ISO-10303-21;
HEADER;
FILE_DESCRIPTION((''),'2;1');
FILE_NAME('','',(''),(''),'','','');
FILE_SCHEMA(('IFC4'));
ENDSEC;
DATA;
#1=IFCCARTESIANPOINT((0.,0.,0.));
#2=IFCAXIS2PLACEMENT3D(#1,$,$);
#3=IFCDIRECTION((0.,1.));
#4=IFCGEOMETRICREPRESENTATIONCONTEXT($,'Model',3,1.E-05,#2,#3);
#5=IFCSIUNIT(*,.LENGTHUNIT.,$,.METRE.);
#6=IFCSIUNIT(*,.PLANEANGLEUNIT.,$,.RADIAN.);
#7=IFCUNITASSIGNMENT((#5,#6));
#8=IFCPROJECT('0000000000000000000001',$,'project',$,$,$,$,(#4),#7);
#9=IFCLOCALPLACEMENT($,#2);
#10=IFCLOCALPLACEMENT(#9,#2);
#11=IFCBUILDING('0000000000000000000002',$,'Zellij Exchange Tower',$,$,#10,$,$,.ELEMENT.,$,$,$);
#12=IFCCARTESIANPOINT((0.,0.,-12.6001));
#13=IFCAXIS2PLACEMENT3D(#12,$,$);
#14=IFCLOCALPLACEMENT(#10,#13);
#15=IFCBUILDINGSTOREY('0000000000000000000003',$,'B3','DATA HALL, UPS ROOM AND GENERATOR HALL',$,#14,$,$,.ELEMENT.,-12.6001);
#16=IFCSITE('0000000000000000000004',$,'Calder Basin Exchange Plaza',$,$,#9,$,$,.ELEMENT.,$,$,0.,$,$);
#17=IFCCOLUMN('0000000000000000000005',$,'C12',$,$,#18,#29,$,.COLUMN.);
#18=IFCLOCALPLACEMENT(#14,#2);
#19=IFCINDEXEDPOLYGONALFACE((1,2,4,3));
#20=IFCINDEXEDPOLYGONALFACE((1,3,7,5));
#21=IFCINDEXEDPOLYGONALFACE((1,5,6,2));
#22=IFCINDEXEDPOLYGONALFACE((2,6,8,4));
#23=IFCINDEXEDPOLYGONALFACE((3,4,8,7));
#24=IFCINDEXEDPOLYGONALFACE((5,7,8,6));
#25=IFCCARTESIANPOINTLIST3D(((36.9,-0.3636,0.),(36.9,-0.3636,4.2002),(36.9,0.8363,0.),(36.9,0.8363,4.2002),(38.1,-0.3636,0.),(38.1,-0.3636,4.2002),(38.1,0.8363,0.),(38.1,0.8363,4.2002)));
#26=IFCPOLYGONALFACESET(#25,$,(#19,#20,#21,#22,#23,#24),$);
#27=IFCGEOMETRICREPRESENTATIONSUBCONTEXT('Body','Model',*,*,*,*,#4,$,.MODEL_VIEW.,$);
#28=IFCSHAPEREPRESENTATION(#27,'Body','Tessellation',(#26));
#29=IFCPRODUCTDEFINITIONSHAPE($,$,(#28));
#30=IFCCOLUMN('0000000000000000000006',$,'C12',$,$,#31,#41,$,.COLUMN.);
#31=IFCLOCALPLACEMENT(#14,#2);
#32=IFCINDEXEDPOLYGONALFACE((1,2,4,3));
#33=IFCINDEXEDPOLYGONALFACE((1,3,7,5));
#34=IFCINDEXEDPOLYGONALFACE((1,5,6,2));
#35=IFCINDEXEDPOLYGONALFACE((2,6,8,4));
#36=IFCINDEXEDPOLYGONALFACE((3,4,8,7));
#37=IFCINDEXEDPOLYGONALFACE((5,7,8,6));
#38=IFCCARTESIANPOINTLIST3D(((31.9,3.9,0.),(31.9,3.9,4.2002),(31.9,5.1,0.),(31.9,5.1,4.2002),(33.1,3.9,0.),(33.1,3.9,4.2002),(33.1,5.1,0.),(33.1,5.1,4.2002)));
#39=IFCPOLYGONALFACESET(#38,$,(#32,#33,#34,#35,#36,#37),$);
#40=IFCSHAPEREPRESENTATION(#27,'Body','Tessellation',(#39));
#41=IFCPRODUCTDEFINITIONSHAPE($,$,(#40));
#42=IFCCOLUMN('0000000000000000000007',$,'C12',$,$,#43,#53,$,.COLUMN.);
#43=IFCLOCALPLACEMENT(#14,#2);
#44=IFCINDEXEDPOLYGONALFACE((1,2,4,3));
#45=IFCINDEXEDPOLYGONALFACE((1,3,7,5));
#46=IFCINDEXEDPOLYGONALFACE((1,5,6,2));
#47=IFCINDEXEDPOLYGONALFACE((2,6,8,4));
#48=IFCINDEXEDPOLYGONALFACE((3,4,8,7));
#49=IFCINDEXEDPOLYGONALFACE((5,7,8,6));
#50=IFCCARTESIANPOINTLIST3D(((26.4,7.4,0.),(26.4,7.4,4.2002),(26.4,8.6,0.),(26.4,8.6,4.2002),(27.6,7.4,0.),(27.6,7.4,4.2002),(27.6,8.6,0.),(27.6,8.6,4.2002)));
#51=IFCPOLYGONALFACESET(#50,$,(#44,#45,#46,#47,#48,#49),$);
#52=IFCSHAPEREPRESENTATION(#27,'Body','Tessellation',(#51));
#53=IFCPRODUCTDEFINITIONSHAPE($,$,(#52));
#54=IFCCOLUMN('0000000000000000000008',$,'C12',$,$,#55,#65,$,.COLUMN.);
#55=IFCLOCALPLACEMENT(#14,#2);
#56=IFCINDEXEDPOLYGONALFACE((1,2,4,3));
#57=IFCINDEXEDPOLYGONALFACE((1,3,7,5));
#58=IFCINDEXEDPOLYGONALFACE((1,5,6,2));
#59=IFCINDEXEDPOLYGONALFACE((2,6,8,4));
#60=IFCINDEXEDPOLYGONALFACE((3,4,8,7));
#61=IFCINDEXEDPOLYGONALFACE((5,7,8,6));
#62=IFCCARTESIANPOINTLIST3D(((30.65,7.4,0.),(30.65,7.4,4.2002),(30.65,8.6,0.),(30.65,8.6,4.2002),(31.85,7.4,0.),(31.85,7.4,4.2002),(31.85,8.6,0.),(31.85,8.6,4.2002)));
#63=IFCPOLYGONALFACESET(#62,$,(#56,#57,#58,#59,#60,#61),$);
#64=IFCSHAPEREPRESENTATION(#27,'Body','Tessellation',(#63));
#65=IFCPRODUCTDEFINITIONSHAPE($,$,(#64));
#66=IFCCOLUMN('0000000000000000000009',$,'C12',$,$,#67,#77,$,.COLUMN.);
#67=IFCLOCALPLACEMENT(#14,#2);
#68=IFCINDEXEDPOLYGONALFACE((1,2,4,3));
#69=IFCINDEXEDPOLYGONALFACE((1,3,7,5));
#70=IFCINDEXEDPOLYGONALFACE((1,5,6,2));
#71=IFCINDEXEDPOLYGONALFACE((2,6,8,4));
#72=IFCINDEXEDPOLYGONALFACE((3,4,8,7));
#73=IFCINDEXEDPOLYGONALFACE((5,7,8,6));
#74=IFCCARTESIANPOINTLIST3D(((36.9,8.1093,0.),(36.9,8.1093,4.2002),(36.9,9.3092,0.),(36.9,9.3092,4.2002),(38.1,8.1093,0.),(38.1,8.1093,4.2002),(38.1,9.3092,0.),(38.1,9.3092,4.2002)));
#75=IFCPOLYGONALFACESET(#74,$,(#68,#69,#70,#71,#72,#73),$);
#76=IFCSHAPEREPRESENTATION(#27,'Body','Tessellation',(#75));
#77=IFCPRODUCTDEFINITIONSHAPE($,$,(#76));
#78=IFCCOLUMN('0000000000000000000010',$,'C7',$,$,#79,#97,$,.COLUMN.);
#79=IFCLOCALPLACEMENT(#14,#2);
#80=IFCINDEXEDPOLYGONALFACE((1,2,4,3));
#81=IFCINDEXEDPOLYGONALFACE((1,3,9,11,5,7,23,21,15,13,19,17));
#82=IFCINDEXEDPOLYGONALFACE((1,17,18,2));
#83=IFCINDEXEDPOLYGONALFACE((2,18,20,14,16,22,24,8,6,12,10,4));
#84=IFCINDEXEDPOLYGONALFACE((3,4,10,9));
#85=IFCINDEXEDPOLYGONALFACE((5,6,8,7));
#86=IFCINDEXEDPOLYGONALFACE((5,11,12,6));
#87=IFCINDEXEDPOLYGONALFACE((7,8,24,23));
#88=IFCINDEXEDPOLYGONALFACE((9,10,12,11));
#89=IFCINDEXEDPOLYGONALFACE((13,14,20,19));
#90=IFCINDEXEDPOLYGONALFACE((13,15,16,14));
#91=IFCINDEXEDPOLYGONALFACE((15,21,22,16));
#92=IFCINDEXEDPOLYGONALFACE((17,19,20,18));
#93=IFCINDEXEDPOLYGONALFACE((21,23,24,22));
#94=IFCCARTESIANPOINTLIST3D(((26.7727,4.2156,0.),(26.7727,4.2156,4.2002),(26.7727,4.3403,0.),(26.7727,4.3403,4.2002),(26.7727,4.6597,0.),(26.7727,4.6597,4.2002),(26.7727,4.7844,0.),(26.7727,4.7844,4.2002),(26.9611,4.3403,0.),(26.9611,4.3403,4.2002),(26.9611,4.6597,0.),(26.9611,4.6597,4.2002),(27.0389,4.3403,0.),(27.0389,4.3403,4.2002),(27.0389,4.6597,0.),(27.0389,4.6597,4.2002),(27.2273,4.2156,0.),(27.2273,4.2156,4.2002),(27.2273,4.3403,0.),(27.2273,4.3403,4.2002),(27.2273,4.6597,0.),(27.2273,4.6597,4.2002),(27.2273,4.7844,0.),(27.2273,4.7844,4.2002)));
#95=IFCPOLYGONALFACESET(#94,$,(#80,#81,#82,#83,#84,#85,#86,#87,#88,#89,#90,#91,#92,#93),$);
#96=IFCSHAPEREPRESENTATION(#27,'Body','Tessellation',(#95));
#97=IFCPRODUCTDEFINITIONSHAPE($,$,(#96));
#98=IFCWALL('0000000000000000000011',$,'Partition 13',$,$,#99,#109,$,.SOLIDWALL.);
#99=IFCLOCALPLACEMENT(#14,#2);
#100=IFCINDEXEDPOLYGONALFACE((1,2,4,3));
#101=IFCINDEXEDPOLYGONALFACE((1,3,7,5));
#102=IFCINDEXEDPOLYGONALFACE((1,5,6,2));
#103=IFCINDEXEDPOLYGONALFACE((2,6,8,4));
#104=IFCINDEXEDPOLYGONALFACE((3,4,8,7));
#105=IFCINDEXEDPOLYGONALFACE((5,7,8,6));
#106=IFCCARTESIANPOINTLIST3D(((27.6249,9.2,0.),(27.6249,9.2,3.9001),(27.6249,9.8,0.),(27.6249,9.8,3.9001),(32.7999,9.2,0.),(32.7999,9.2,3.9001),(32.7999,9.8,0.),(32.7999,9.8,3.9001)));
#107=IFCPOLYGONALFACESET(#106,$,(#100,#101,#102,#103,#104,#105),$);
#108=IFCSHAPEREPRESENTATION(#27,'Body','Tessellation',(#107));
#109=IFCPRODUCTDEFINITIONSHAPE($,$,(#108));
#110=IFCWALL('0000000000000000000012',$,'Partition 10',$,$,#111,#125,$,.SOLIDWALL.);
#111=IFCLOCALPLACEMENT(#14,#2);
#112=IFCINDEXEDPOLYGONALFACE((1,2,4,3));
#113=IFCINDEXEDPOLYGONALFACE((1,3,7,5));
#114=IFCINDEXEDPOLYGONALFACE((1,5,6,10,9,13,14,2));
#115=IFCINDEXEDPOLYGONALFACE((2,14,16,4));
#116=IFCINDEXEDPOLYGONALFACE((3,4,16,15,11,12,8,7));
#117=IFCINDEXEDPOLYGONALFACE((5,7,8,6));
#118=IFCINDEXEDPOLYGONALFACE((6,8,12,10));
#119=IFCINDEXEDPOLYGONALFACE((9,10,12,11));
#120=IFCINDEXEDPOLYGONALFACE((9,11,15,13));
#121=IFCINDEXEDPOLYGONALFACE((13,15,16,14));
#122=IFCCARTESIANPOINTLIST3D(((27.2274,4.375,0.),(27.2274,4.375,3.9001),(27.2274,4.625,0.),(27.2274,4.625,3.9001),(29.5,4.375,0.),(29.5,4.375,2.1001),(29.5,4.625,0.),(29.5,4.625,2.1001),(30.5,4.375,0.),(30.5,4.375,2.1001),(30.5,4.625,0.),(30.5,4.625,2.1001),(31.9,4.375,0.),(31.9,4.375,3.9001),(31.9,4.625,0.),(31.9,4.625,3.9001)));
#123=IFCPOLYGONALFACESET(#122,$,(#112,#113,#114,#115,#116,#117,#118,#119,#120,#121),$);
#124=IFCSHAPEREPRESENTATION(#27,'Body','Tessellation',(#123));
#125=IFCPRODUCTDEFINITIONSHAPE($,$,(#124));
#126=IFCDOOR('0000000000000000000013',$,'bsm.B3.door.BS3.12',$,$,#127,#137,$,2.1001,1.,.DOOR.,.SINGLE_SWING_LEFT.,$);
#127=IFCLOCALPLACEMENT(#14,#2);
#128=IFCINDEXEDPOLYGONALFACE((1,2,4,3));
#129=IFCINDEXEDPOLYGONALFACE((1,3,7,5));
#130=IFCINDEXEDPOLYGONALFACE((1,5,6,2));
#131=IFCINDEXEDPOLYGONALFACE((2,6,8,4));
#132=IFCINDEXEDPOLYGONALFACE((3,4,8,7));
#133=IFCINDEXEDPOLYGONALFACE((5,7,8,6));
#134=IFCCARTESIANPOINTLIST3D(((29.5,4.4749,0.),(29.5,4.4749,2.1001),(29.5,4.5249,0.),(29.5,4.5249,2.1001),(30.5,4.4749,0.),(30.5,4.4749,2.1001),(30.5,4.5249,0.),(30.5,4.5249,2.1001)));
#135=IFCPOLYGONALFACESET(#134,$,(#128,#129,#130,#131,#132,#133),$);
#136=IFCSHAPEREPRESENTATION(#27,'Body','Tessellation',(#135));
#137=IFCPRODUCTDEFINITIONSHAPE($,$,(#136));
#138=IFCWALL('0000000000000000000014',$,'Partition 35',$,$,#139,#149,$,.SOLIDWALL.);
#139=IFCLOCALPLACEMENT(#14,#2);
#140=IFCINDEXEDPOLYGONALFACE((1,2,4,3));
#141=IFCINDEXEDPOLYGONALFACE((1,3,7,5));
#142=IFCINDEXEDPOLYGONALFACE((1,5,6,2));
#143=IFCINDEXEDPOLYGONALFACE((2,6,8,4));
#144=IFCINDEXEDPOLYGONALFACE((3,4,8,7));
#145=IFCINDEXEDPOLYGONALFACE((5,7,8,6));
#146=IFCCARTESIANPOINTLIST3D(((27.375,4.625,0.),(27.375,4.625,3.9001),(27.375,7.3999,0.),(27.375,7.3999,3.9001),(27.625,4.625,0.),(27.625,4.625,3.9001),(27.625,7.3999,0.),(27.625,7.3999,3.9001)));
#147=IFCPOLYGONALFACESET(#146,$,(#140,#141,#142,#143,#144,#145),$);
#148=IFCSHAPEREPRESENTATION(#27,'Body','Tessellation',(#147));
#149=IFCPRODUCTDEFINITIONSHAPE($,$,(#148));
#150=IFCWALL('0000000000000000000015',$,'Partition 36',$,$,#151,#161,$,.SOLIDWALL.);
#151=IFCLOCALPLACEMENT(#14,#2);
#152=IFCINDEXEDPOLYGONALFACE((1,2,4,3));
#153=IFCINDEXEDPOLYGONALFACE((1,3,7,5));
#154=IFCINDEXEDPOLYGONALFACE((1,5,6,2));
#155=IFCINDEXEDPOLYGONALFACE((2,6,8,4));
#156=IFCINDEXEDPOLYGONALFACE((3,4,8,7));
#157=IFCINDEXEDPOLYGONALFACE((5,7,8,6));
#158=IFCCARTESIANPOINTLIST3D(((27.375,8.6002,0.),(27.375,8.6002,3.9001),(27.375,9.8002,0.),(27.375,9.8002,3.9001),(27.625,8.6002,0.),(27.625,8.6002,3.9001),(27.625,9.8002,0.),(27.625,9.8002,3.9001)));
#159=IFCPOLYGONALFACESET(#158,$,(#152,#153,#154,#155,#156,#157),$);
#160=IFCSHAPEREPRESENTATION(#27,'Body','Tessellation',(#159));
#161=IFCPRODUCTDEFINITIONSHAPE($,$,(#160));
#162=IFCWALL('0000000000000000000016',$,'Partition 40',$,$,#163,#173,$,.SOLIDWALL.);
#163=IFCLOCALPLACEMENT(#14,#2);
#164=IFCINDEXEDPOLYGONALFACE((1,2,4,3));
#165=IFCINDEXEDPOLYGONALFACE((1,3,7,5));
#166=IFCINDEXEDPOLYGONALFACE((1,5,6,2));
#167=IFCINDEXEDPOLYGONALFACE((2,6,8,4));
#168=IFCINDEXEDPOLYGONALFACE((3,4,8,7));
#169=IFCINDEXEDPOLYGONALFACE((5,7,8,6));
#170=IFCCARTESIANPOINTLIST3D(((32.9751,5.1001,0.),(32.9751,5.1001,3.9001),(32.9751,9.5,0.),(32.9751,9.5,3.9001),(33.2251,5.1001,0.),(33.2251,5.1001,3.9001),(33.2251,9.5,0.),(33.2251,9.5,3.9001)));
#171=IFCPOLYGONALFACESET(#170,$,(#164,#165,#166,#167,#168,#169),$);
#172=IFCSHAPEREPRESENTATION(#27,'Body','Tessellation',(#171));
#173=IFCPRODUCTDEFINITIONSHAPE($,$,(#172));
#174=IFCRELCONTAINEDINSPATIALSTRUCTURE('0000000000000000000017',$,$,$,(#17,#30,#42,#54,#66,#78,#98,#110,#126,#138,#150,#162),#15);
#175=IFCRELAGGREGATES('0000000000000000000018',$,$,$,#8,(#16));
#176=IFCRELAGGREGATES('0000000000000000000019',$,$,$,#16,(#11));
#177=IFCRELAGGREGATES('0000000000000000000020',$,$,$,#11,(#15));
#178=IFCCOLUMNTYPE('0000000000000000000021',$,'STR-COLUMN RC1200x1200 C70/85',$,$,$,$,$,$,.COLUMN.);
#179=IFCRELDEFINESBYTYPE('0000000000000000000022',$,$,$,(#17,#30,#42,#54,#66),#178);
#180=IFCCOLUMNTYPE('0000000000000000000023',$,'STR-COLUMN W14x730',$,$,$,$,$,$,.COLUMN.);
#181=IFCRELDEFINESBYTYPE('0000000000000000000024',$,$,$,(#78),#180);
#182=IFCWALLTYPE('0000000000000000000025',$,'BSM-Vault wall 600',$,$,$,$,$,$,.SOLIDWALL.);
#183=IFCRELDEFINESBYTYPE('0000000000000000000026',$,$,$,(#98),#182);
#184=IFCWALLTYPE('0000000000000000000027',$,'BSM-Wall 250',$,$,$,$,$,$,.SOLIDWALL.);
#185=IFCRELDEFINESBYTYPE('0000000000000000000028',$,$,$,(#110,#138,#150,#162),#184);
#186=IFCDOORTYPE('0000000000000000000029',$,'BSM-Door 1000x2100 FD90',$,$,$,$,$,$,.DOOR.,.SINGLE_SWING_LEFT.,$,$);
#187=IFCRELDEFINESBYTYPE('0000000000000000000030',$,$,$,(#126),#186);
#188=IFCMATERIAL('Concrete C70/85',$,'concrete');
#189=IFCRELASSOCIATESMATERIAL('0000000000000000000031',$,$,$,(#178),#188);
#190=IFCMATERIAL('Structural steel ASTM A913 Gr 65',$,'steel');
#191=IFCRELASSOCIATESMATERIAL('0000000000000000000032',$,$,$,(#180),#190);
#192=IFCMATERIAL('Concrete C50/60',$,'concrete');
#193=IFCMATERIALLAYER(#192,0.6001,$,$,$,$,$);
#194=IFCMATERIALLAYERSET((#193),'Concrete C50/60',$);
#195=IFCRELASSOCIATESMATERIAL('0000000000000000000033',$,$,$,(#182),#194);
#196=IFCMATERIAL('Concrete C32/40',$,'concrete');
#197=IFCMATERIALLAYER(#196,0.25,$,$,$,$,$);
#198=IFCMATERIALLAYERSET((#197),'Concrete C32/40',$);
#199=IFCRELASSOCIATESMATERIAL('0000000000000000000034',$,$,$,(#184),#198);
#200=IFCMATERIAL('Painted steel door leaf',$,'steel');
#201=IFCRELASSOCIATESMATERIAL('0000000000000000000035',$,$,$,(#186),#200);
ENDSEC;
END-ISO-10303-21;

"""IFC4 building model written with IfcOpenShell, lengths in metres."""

from ifc_helpers import new_model, si_unit, direction, frame, frame_2d, origin, origin_2d, place, context, subcontext, project, spatial, rectangle, i_section, extrude, material, layer, layer_set, material_profile, profile_set, type_object, element, fill, save


model = new_model("IFC4")

# Units and contexts
model_context = context("Model", 3, precision=1e-05, world=origin(), true_north=direction((0.0, 1.0)))
body_context = subcontext(model_context, "Body", "Model", "MODEL_VIEW")
ifc_project = project(units=[si_unit("LENGTHUNIT", "METRE"), si_unit("PLANEANGLEUNIT", "RADIAN")], contexts=[model_context])

# Site, building, storey
site_placement = place(None, origin())
site = spatial("IfcSite", under=ifc_project, at=site_placement, Name="Calder Basin Exchange Plaza", CompositionType="ELEMENT", RefElevation=0.0)
building_placement = place(site_placement, origin())
building = spatial("IfcBuilding", under=site, at=building_placement, Name="Zellij Exchange Tower", CompositionType="ELEMENT")
storey_placement = place(building_placement, frame((0.0, 0.0, -12.6001)))
storey = spatial("IfcBuildingStorey", under=building, at=storey_placement, Name="B3", Description="DATA HALL, UPS ROOM AND GENERATOR HALL", CompositionType="ELEMENT", Elevation=-12.6001)

# Columns
ifc_material_1 = material(Name="Concrete C70/85", Category="concrete")
ifc_material_profile_1 = material_profile(ifc_material_1, rectangle(XDim=1.2, YDim=1.2, at=origin_2d()), Name="STR-COLUMN RC1200x1200 C70/85")
ifc_profile_set_1 = profile_set([ifc_material_profile_1], Name="Concrete C70/85")
column_type_1 = type_object("IfcColumnType", Name="STR-COLUMN RC1200x1200 C70/85", PredefinedType="COLUMN", material=ifc_profile_set_1)
for number, where, z_axis, x_axis, name in (
    (1, (37.5, 0.2363, 0.0), (0.0, 0.0, 1.0), (1.0, 0.0, 0.0), "C12"),
    (2, (32.5, 4.5, 0.0), (0.0, 0.0, 1.0), (1.0, 0.0, 0.0), "C12"),
    (3, (27.0, 8.0, 0.0), (0.0, 0.0, 1.0), (1.0, 0.0, 0.0), "C12"),
    (4, (31.25, 8.0, 0.0), (0.0, 0.0, 1.0), (1.0, 0.0, 0.0), "C12"),
    (5, (37.5, 8.7092, 0.0), (0.0, 0.0, 1.0), (1.0, 0.0, 0.0), "C12"),
):
    element("IfcColumn", number, at=place(storey_placement, frame(where, z_axis=z_axis, x_axis=x_axis)), inside=storey, type_object=column_type_1, Name=name, PredefinedType="COLUMN", context=body_context, shape_type="SweptSolid", body=[
        extrude(rectangle(XDim=1.2, YDim=1.2, at=origin_2d()), origin(), (0.0, 0.0, 1.0), 4.2002),
    ])
ifc_material_2 = material(Name="Structural steel ASTM A913 Gr 65", Category="steel")
ifc_material_profile_2 = material_profile(ifc_material_2, i_section(OverallWidth=0.4546, OverallDepth=0.5688, WebThickness=0.0779, FlangeThickness=0.1248, at=origin_2d()), Name="W14x730")
ifc_profile_set_2 = profile_set([ifc_material_profile_2], Name="Structural steel ASTM A913 Gr 65")
column_type_2 = type_object("IfcColumnType", Name="STR-COLUMN W14x730", PredefinedType="COLUMN", material=ifc_profile_set_2)
column_placement = place(storey_placement, frame((27.0, 4.5, 0.0), z_axis=(0.0, 0.0, 1.0), x_axis=(1.0, 0.0, 0.0)))
element("IfcColumn", 6, at=column_placement, inside=storey, type_object=column_type_2, Name="C7", PredefinedType="COLUMN", context=body_context, shape_type="SweptSolid", body=[
    extrude(i_section(OverallWidth=0.4546, OverallDepth=0.5688, WebThickness=0.0779, FlangeThickness=0.1248, at=origin_2d()), origin(), (0.0, 0.0, 1.0), 4.2002),
])

# Wall
ifc_material_3 = material(Name="Concrete C50/60", Category="concrete")
ifc_layer_1 = layer(ifc_material_3, 0.6001)
ifc_layer_set_1 = layer_set([ifc_layer_1], Name="Concrete C50/60")
wall_type_1 = type_object("IfcWallType", Name="BSM-Vault wall 600", PredefinedType="SOLIDWALL", material=ifc_layer_set_1)
wall_1_placement = place(storey_placement, frame((27.625, 9.5, 0.0), z_axis=(0.0, 0.0, 1.0), x_axis=(1.0, 0.0, 0.0)))
element("IfcWall", 7, at=wall_1_placement, inside=storey, type_object=wall_type_1, Name="Partition 13", PredefinedType="SOLIDWALL", context=body_context, shape_type="SweptSolid", body=[
    extrude(rectangle(XDim=5.175, YDim=0.6001, at=frame_2d((2.5874, 0.0))), origin(), (0.0, 0.0, 1.0), 3.9001),
])

# Wall, opening, door
ifc_material_4 = material(Name="Painted steel door leaf", Category="steel")
ifc_material_5 = material(Name="Concrete C32/40", Category="concrete")
ifc_layer_2 = layer(ifc_material_5, 0.25)
ifc_layer_set_2 = layer_set([ifc_layer_2], Name="Concrete C32/40")
wall_type_2 = type_object("IfcWallType", Name="BSM-Wall 250", PredefinedType="SOLIDWALL", material=ifc_layer_set_2)
wall_2_placement = place(storey_placement, frame((27.2273, 4.5, 0.0), z_axis=(0.0, 0.0, 1.0), x_axis=(1.0, 0.0, 0.0)))
wall_2 = element("IfcWall", 8, at=wall_2_placement, inside=storey, type_object=wall_type_2, Name="Partition 10", PredefinedType="SOLIDWALL", context=body_context, shape_type="SweptSolid", body=[
    extrude(rectangle(XDim=4.6726, YDim=0.25, at=frame_2d((2.3364, 0.0))), origin(), (0.0, 0.0, 1.0), 3.9001),
])
opening_1_placement = place(wall_2_placement, frame((2.2727, 0.0, 0.0)))
opening_1 = element("IfcOpeningElement", 9, at=opening_1_placement, cuts=wall_2, PredefinedType="OPENING", context=body_context, shape_type="SweptSolid", body=[
    extrude(rectangle(XDim=1.0, YDim=2.1001, at=frame_2d((0.5, 1.05))), frame((0.0, 0.137, 0.0), z_axis=(0.0, -1.0, 0.0), x_axis=(1.0, 0.0, 0.0)), (0.0, 0.0, 1.0), 0.2739),
])
door_type_1 = type_object("IfcDoorType", Name="BSM-Door 1000x2100 FD90", OperationType="SINGLE_SWING_LEFT", PredefinedType="DOOR", material=ifc_material_4)
door_1_placement = place(opening_1_placement, origin())
door_1 = element("IfcDoor", 10, at=door_1_placement, inside=storey, type_object=door_type_1, Name="bsm.B3.door.BS3.12", OperationType="SINGLE_SWING_LEFT", OverallHeight=2.1001, OverallWidth=1.0, PredefinedType="DOOR", context=body_context, shape_type="SweptSolid", body=[
    extrude(rectangle(XDim=1.0, YDim=2.1001, at=frame_2d((0.5, 1.05))), frame((0.0, 0.0249, 0.0), z_axis=(0.0, -1.0, 0.0), x_axis=(1.0, 0.0, 0.0)), (0.0, 0.0, 1.0), 0.05),
])
fill(opening_1, door_1)

# Walls
wall_3_placement = place(storey_placement, frame((27.5, 4.625, 0.0), z_axis=(0.0, 0.0, 1.0), x_axis=(0.0, 1.0, 0.0)))
element("IfcWall", 11, at=wall_3_placement, inside=storey, type_object=wall_type_2, Name="Partition 35", PredefinedType="SOLIDWALL", context=body_context, shape_type="SweptSolid", body=[
    extrude(rectangle(XDim=2.7749, YDim=0.25, at=frame_2d((1.3875, 0.0))), origin(), (0.0, 0.0, 1.0), 3.9001),
])
wall_4_placement = place(storey_placement, frame((27.5, 8.6001, 0.0), z_axis=(0.0, 0.0, 1.0), x_axis=(0.0, 1.0, 0.0)))
element("IfcWall", 12, at=wall_4_placement, inside=storey, type_object=wall_type_2, Name="Partition 36", PredefinedType="SOLIDWALL", context=body_context, shape_type="SweptSolid", body=[
    extrude(rectangle(XDim=1.2, YDim=0.25, at=frame_2d((0.6001, 0.0))), origin(), (0.0, 0.0, 1.0), 3.9001),
])
wall_5_placement = place(storey_placement, frame((33.1001, 5.1001, 0.0), z_axis=(0.0, 0.0, 1.0), x_axis=(0.0, 1.0, 0.0)))
element("IfcWall", 13, at=wall_5_placement, inside=storey, type_object=wall_type_2, Name="Partition 40", PredefinedType="SOLIDWALL", context=body_context, shape_type="SweptSolid", body=[
    extrude(rectangle(XDim=4.3999, YDim=0.25, at=frame_2d((2.2, 0.0))), origin(), (0.0, 0.0, 1.0), 3.9001),
])

save(model, "model.ifc")
